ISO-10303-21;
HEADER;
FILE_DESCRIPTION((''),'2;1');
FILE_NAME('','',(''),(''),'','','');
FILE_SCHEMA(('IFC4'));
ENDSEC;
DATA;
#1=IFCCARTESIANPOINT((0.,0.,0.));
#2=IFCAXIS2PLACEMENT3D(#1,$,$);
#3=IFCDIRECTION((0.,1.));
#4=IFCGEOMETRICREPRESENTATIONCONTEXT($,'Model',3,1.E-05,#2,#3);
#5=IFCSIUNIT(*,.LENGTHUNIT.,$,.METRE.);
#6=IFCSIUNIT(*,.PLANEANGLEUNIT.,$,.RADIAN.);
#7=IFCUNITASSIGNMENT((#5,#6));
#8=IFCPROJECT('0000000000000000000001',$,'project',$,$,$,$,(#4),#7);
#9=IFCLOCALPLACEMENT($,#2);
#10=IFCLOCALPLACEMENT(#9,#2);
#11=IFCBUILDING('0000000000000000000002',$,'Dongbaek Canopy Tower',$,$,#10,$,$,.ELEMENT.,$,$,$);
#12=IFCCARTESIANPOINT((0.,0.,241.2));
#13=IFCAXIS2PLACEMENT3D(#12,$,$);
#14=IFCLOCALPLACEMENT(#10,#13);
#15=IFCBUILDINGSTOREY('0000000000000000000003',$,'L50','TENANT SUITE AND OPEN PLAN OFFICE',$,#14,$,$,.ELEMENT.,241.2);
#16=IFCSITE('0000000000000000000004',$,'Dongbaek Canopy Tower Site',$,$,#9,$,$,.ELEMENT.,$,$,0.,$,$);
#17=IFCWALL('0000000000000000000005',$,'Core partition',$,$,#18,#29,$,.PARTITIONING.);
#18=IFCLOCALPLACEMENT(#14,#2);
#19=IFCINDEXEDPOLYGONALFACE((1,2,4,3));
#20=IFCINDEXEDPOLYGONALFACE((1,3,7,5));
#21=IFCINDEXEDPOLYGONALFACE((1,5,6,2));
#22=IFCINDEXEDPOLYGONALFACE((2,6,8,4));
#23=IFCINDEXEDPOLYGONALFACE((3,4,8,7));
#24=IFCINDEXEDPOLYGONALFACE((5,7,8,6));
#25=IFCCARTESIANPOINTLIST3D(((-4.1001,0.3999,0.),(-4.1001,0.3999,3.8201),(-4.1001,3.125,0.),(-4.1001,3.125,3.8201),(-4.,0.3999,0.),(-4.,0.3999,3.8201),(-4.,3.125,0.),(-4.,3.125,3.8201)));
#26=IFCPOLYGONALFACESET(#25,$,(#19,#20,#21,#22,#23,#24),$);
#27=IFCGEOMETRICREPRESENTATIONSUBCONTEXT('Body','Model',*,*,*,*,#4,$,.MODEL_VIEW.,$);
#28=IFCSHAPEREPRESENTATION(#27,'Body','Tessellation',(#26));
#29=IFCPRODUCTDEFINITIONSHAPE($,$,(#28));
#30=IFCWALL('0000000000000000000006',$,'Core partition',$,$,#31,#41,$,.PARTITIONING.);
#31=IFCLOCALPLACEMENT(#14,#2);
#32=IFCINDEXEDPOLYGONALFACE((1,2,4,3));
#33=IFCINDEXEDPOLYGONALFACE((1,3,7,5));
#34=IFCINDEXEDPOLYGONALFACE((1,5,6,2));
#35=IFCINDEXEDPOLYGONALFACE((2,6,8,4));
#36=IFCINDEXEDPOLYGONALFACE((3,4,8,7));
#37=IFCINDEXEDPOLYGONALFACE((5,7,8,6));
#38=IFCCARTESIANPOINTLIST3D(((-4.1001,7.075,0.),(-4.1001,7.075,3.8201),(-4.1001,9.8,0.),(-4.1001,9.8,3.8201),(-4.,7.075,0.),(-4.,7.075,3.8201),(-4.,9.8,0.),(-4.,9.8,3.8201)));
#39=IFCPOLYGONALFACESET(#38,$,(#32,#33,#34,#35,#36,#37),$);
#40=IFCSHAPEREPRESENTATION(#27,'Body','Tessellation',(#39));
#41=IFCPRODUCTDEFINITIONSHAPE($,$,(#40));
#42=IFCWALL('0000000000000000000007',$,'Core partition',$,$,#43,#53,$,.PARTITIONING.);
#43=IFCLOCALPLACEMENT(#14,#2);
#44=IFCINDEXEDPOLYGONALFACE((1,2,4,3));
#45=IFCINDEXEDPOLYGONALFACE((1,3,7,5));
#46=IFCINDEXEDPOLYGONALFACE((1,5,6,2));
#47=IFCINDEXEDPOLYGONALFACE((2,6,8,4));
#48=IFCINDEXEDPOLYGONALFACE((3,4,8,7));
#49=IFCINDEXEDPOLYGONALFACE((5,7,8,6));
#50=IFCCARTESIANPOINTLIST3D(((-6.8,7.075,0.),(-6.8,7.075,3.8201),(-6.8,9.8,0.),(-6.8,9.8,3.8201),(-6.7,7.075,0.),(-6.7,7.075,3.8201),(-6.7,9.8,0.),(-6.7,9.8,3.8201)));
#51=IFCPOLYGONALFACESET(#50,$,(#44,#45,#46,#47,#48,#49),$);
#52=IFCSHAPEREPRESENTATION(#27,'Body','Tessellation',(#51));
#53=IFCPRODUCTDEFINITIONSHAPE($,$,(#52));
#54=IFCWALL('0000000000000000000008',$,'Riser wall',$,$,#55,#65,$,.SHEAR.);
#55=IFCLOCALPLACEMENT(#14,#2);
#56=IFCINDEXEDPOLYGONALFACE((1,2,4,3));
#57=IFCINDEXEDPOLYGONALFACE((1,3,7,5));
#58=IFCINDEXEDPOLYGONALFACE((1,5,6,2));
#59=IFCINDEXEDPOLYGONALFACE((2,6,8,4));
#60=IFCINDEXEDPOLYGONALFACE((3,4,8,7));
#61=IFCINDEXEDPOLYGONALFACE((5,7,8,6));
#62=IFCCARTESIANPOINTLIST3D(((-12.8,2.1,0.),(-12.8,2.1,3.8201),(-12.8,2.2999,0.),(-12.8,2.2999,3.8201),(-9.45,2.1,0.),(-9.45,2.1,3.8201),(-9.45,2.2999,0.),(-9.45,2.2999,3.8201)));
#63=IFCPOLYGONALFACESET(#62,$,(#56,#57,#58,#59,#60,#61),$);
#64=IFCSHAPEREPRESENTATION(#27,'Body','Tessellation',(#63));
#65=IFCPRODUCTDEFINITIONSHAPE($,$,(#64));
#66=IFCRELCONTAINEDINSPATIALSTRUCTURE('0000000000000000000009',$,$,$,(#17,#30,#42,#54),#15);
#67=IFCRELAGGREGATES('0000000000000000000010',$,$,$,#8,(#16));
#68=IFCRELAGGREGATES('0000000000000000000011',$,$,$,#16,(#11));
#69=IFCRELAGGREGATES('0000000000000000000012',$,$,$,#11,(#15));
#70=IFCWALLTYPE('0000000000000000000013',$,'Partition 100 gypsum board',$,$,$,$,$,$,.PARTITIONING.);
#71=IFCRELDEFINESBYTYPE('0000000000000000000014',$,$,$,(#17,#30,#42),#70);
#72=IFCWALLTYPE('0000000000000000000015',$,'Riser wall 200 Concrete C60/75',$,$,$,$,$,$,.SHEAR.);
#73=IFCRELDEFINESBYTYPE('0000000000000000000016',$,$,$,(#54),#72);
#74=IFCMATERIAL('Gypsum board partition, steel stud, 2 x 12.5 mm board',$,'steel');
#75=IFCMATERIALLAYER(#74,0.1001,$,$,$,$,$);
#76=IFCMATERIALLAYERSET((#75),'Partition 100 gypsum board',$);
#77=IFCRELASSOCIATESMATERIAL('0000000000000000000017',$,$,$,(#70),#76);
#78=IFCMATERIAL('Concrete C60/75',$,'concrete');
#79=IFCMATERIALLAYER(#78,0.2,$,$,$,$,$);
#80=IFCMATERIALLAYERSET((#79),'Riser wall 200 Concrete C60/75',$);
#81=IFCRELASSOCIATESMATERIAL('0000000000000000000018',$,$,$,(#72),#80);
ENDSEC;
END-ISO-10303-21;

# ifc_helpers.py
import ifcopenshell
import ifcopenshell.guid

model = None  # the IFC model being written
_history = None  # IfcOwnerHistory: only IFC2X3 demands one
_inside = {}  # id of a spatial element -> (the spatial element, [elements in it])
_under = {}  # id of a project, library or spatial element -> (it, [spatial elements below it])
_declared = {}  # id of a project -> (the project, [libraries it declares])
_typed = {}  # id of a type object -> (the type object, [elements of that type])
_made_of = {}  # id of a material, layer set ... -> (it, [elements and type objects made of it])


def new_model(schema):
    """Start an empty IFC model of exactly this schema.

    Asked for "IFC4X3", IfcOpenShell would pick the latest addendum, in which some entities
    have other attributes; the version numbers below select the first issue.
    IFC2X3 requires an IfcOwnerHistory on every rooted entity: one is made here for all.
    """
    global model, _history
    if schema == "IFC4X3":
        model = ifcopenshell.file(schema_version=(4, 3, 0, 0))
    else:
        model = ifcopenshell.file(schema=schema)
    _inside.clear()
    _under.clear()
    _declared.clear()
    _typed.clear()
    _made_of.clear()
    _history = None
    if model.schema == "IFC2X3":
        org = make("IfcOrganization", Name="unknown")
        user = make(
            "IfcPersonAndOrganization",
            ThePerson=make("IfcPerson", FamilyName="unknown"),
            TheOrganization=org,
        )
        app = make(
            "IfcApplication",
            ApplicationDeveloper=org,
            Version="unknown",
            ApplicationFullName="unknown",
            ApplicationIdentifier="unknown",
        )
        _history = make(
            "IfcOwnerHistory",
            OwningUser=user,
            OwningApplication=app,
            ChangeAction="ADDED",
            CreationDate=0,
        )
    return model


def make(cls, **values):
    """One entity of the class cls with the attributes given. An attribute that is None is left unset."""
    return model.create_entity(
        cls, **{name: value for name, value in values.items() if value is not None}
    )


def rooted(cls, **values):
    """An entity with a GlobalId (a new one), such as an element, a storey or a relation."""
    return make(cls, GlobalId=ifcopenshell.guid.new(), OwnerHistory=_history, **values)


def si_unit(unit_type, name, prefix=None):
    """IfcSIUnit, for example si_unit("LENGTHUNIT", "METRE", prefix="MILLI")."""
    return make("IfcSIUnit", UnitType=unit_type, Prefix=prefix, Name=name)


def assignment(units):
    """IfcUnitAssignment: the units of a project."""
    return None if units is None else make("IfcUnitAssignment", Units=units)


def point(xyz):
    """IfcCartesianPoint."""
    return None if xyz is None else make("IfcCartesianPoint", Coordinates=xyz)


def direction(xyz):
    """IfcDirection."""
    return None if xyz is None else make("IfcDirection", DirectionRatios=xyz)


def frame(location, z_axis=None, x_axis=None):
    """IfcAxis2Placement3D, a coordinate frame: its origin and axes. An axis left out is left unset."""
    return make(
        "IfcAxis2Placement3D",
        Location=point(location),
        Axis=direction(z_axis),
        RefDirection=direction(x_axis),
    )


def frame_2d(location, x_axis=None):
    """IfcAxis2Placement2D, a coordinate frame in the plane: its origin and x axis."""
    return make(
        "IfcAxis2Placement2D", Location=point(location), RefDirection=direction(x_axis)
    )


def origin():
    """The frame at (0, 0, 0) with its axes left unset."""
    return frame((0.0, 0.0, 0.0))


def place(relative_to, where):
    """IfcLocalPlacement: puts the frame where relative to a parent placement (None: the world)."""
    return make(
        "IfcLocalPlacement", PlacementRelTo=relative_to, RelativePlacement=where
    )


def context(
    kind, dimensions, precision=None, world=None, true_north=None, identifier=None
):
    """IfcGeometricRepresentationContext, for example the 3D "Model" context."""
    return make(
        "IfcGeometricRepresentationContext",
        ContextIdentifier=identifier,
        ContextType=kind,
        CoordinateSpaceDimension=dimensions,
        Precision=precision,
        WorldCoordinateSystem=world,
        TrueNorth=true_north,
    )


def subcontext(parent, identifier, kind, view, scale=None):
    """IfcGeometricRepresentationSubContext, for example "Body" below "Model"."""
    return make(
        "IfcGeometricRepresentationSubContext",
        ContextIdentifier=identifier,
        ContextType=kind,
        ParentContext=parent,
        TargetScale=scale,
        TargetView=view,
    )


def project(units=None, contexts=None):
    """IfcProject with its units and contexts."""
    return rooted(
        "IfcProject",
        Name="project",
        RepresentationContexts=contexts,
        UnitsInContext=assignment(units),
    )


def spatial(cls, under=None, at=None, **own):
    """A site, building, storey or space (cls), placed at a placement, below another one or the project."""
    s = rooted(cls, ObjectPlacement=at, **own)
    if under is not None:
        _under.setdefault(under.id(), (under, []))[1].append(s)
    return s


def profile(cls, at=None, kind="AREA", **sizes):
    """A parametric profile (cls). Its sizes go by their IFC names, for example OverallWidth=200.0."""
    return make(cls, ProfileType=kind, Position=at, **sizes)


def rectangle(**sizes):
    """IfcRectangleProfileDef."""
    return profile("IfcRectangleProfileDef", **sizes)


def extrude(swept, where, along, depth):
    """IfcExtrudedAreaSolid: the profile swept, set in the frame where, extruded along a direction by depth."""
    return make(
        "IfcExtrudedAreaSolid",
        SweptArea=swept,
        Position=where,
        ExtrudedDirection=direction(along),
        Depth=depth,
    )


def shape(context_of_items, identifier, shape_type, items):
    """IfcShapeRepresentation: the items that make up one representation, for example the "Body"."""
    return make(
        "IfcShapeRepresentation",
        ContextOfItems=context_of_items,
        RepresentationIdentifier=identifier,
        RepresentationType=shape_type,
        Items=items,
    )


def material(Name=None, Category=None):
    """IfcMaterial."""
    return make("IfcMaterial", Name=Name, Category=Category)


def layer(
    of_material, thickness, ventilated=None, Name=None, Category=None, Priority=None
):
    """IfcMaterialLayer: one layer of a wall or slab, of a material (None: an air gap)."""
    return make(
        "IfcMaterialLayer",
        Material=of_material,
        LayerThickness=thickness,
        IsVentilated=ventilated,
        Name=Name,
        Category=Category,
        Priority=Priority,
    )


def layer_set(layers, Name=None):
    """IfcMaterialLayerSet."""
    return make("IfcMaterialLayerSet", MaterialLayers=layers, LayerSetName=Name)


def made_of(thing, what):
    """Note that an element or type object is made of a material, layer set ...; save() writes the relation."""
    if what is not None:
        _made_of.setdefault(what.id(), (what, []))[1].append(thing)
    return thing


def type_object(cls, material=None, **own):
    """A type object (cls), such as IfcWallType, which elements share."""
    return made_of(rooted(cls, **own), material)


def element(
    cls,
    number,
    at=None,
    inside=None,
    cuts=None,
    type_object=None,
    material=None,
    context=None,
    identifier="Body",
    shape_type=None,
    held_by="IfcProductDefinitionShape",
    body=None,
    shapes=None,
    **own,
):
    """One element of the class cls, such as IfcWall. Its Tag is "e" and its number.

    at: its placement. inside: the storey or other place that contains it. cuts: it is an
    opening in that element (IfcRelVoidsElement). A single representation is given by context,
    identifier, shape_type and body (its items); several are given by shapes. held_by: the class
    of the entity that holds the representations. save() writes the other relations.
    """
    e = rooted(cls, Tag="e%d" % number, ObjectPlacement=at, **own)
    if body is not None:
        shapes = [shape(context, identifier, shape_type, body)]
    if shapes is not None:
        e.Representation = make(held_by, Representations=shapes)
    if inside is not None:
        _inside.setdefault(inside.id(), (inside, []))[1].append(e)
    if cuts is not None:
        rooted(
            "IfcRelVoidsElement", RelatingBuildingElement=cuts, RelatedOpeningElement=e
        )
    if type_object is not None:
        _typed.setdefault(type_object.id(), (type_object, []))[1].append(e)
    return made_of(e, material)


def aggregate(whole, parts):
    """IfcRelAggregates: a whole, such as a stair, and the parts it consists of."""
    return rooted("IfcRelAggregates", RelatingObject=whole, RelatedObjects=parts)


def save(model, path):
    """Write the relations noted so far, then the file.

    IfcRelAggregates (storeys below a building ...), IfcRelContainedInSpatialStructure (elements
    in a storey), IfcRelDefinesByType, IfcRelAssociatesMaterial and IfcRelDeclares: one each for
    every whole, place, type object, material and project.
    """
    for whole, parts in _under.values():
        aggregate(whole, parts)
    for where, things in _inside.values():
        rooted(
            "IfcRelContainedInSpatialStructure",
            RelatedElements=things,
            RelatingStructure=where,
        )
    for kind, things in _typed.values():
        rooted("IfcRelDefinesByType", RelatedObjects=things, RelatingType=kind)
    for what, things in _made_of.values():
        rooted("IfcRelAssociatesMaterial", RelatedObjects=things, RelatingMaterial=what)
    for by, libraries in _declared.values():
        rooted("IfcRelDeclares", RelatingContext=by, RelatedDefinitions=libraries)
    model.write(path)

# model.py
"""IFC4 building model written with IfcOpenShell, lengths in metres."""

from ifc_helpers import new_model, si_unit, direction, frame, frame_2d, origin, place, context, subcontext, project, spatial, rectangle, extrude, material, layer, layer_set, type_object, element, save


model = new_model("IFC4")

# Units and contexts
model_context = context("Model", 3, precision=1e-05, world=origin(), true_north=direction((0.0, 1.0)))
body_context = subcontext(model_context, "Body", "Model", "MODEL_VIEW")
ifc_project = project(units=[si_unit("LENGTHUNIT", "METRE"), si_unit("PLANEANGLEUNIT", "RADIAN")], contexts=[model_context])

# Site, building, storey
site_placement = place(None, origin())
site = spatial("IfcSite", under=ifc_project, at=site_placement, Name="Dongbaek Canopy Tower Site", CompositionType="ELEMENT", RefElevation=0.0)
building_placement = place(site_placement, origin())
building = spatial("IfcBuilding", under=site, at=building_placement, Name="Dongbaek Canopy Tower", CompositionType="ELEMENT")
storey_placement = place(building_placement, frame((0.0, 0.0, 241.2)))
storey = spatial("IfcBuildingStorey", under=building, at=storey_placement, Name="L50", Description="TENANT SUITE AND OPEN PLAN OFFICE", CompositionType="ELEMENT", Elevation=241.2)

# Walls
ifc_material_1 = material(Name="Gypsum board partition, steel stud, 2 x 12.5 mm board", Category="steel")
ifc_layer_1 = layer(ifc_material_1, 0.1001)
ifc_layer_set_1 = layer_set([ifc_layer_1], Name="Partition 100 gypsum board")
wall_type_1 = type_object("IfcWallType", Name="Partition 100 gypsum board", PredefinedType="PARTITIONING", material=ifc_layer_set_1)
for number, where, z_axis, x_axis, name in (
    (1, (-4.05, 0.3999, 0.0), (0.0, 0.0, 1.0), (0.0, 1.0, 0.0), "Core partition"),
    (2, (-4.05, 7.075, 0.0), (0.0, 0.0, 1.0), (0.0, 1.0, 0.0), "Core partition"),
    (3, (-6.75, 7.075, 0.0), (0.0, 0.0, 1.0), (0.0, 1.0, 0.0), "Core partition"),
):
    element("IfcWall", number, at=place(storey_placement, frame(where, z_axis=z_axis, x_axis=x_axis)), inside=storey, type_object=wall_type_1, Name=name, PredefinedType="PARTITIONING", context=body_context, shape_type="SweptSolid", body=[
        extrude(rectangle(XDim=2.7251, YDim=0.1001, at=frame_2d((1.3625, 0.0))), origin(), (0.0, 0.0, 1.0), 3.8201),
    ])
ifc_material_2 = material(Name="Concrete C60/75", Category="concrete")
ifc_layer_2 = layer(ifc_material_2, 0.2)
ifc_layer_set_2 = layer_set([ifc_layer_2], Name="Riser wall 200 Concrete C60/75")
wall_type_2 = type_object("IfcWallType", Name="Riser wall 200 Concrete C60/75", PredefinedType="SHEAR", material=ifc_layer_set_2)
wall_1_placement = place(storey_placement, frame((-9.45, 2.2, 0.0), z_axis=(0.0, 0.0, 1.0), x_axis=(-1.0, 0.0, 0.0)))
element("IfcWall", 4, at=wall_1_placement, inside=storey, type_object=wall_type_2, Name="Riser wall", PredefinedType="SHEAR", context=body_context, shape_type="SweptSolid", body=[
    extrude(rectangle(XDim=3.3501, YDim=0.2, at=frame_2d((1.675, 0.0))), origin(), (0.0, 0.0, 1.0), 3.8201),
])

save(model, "model.ifc")
